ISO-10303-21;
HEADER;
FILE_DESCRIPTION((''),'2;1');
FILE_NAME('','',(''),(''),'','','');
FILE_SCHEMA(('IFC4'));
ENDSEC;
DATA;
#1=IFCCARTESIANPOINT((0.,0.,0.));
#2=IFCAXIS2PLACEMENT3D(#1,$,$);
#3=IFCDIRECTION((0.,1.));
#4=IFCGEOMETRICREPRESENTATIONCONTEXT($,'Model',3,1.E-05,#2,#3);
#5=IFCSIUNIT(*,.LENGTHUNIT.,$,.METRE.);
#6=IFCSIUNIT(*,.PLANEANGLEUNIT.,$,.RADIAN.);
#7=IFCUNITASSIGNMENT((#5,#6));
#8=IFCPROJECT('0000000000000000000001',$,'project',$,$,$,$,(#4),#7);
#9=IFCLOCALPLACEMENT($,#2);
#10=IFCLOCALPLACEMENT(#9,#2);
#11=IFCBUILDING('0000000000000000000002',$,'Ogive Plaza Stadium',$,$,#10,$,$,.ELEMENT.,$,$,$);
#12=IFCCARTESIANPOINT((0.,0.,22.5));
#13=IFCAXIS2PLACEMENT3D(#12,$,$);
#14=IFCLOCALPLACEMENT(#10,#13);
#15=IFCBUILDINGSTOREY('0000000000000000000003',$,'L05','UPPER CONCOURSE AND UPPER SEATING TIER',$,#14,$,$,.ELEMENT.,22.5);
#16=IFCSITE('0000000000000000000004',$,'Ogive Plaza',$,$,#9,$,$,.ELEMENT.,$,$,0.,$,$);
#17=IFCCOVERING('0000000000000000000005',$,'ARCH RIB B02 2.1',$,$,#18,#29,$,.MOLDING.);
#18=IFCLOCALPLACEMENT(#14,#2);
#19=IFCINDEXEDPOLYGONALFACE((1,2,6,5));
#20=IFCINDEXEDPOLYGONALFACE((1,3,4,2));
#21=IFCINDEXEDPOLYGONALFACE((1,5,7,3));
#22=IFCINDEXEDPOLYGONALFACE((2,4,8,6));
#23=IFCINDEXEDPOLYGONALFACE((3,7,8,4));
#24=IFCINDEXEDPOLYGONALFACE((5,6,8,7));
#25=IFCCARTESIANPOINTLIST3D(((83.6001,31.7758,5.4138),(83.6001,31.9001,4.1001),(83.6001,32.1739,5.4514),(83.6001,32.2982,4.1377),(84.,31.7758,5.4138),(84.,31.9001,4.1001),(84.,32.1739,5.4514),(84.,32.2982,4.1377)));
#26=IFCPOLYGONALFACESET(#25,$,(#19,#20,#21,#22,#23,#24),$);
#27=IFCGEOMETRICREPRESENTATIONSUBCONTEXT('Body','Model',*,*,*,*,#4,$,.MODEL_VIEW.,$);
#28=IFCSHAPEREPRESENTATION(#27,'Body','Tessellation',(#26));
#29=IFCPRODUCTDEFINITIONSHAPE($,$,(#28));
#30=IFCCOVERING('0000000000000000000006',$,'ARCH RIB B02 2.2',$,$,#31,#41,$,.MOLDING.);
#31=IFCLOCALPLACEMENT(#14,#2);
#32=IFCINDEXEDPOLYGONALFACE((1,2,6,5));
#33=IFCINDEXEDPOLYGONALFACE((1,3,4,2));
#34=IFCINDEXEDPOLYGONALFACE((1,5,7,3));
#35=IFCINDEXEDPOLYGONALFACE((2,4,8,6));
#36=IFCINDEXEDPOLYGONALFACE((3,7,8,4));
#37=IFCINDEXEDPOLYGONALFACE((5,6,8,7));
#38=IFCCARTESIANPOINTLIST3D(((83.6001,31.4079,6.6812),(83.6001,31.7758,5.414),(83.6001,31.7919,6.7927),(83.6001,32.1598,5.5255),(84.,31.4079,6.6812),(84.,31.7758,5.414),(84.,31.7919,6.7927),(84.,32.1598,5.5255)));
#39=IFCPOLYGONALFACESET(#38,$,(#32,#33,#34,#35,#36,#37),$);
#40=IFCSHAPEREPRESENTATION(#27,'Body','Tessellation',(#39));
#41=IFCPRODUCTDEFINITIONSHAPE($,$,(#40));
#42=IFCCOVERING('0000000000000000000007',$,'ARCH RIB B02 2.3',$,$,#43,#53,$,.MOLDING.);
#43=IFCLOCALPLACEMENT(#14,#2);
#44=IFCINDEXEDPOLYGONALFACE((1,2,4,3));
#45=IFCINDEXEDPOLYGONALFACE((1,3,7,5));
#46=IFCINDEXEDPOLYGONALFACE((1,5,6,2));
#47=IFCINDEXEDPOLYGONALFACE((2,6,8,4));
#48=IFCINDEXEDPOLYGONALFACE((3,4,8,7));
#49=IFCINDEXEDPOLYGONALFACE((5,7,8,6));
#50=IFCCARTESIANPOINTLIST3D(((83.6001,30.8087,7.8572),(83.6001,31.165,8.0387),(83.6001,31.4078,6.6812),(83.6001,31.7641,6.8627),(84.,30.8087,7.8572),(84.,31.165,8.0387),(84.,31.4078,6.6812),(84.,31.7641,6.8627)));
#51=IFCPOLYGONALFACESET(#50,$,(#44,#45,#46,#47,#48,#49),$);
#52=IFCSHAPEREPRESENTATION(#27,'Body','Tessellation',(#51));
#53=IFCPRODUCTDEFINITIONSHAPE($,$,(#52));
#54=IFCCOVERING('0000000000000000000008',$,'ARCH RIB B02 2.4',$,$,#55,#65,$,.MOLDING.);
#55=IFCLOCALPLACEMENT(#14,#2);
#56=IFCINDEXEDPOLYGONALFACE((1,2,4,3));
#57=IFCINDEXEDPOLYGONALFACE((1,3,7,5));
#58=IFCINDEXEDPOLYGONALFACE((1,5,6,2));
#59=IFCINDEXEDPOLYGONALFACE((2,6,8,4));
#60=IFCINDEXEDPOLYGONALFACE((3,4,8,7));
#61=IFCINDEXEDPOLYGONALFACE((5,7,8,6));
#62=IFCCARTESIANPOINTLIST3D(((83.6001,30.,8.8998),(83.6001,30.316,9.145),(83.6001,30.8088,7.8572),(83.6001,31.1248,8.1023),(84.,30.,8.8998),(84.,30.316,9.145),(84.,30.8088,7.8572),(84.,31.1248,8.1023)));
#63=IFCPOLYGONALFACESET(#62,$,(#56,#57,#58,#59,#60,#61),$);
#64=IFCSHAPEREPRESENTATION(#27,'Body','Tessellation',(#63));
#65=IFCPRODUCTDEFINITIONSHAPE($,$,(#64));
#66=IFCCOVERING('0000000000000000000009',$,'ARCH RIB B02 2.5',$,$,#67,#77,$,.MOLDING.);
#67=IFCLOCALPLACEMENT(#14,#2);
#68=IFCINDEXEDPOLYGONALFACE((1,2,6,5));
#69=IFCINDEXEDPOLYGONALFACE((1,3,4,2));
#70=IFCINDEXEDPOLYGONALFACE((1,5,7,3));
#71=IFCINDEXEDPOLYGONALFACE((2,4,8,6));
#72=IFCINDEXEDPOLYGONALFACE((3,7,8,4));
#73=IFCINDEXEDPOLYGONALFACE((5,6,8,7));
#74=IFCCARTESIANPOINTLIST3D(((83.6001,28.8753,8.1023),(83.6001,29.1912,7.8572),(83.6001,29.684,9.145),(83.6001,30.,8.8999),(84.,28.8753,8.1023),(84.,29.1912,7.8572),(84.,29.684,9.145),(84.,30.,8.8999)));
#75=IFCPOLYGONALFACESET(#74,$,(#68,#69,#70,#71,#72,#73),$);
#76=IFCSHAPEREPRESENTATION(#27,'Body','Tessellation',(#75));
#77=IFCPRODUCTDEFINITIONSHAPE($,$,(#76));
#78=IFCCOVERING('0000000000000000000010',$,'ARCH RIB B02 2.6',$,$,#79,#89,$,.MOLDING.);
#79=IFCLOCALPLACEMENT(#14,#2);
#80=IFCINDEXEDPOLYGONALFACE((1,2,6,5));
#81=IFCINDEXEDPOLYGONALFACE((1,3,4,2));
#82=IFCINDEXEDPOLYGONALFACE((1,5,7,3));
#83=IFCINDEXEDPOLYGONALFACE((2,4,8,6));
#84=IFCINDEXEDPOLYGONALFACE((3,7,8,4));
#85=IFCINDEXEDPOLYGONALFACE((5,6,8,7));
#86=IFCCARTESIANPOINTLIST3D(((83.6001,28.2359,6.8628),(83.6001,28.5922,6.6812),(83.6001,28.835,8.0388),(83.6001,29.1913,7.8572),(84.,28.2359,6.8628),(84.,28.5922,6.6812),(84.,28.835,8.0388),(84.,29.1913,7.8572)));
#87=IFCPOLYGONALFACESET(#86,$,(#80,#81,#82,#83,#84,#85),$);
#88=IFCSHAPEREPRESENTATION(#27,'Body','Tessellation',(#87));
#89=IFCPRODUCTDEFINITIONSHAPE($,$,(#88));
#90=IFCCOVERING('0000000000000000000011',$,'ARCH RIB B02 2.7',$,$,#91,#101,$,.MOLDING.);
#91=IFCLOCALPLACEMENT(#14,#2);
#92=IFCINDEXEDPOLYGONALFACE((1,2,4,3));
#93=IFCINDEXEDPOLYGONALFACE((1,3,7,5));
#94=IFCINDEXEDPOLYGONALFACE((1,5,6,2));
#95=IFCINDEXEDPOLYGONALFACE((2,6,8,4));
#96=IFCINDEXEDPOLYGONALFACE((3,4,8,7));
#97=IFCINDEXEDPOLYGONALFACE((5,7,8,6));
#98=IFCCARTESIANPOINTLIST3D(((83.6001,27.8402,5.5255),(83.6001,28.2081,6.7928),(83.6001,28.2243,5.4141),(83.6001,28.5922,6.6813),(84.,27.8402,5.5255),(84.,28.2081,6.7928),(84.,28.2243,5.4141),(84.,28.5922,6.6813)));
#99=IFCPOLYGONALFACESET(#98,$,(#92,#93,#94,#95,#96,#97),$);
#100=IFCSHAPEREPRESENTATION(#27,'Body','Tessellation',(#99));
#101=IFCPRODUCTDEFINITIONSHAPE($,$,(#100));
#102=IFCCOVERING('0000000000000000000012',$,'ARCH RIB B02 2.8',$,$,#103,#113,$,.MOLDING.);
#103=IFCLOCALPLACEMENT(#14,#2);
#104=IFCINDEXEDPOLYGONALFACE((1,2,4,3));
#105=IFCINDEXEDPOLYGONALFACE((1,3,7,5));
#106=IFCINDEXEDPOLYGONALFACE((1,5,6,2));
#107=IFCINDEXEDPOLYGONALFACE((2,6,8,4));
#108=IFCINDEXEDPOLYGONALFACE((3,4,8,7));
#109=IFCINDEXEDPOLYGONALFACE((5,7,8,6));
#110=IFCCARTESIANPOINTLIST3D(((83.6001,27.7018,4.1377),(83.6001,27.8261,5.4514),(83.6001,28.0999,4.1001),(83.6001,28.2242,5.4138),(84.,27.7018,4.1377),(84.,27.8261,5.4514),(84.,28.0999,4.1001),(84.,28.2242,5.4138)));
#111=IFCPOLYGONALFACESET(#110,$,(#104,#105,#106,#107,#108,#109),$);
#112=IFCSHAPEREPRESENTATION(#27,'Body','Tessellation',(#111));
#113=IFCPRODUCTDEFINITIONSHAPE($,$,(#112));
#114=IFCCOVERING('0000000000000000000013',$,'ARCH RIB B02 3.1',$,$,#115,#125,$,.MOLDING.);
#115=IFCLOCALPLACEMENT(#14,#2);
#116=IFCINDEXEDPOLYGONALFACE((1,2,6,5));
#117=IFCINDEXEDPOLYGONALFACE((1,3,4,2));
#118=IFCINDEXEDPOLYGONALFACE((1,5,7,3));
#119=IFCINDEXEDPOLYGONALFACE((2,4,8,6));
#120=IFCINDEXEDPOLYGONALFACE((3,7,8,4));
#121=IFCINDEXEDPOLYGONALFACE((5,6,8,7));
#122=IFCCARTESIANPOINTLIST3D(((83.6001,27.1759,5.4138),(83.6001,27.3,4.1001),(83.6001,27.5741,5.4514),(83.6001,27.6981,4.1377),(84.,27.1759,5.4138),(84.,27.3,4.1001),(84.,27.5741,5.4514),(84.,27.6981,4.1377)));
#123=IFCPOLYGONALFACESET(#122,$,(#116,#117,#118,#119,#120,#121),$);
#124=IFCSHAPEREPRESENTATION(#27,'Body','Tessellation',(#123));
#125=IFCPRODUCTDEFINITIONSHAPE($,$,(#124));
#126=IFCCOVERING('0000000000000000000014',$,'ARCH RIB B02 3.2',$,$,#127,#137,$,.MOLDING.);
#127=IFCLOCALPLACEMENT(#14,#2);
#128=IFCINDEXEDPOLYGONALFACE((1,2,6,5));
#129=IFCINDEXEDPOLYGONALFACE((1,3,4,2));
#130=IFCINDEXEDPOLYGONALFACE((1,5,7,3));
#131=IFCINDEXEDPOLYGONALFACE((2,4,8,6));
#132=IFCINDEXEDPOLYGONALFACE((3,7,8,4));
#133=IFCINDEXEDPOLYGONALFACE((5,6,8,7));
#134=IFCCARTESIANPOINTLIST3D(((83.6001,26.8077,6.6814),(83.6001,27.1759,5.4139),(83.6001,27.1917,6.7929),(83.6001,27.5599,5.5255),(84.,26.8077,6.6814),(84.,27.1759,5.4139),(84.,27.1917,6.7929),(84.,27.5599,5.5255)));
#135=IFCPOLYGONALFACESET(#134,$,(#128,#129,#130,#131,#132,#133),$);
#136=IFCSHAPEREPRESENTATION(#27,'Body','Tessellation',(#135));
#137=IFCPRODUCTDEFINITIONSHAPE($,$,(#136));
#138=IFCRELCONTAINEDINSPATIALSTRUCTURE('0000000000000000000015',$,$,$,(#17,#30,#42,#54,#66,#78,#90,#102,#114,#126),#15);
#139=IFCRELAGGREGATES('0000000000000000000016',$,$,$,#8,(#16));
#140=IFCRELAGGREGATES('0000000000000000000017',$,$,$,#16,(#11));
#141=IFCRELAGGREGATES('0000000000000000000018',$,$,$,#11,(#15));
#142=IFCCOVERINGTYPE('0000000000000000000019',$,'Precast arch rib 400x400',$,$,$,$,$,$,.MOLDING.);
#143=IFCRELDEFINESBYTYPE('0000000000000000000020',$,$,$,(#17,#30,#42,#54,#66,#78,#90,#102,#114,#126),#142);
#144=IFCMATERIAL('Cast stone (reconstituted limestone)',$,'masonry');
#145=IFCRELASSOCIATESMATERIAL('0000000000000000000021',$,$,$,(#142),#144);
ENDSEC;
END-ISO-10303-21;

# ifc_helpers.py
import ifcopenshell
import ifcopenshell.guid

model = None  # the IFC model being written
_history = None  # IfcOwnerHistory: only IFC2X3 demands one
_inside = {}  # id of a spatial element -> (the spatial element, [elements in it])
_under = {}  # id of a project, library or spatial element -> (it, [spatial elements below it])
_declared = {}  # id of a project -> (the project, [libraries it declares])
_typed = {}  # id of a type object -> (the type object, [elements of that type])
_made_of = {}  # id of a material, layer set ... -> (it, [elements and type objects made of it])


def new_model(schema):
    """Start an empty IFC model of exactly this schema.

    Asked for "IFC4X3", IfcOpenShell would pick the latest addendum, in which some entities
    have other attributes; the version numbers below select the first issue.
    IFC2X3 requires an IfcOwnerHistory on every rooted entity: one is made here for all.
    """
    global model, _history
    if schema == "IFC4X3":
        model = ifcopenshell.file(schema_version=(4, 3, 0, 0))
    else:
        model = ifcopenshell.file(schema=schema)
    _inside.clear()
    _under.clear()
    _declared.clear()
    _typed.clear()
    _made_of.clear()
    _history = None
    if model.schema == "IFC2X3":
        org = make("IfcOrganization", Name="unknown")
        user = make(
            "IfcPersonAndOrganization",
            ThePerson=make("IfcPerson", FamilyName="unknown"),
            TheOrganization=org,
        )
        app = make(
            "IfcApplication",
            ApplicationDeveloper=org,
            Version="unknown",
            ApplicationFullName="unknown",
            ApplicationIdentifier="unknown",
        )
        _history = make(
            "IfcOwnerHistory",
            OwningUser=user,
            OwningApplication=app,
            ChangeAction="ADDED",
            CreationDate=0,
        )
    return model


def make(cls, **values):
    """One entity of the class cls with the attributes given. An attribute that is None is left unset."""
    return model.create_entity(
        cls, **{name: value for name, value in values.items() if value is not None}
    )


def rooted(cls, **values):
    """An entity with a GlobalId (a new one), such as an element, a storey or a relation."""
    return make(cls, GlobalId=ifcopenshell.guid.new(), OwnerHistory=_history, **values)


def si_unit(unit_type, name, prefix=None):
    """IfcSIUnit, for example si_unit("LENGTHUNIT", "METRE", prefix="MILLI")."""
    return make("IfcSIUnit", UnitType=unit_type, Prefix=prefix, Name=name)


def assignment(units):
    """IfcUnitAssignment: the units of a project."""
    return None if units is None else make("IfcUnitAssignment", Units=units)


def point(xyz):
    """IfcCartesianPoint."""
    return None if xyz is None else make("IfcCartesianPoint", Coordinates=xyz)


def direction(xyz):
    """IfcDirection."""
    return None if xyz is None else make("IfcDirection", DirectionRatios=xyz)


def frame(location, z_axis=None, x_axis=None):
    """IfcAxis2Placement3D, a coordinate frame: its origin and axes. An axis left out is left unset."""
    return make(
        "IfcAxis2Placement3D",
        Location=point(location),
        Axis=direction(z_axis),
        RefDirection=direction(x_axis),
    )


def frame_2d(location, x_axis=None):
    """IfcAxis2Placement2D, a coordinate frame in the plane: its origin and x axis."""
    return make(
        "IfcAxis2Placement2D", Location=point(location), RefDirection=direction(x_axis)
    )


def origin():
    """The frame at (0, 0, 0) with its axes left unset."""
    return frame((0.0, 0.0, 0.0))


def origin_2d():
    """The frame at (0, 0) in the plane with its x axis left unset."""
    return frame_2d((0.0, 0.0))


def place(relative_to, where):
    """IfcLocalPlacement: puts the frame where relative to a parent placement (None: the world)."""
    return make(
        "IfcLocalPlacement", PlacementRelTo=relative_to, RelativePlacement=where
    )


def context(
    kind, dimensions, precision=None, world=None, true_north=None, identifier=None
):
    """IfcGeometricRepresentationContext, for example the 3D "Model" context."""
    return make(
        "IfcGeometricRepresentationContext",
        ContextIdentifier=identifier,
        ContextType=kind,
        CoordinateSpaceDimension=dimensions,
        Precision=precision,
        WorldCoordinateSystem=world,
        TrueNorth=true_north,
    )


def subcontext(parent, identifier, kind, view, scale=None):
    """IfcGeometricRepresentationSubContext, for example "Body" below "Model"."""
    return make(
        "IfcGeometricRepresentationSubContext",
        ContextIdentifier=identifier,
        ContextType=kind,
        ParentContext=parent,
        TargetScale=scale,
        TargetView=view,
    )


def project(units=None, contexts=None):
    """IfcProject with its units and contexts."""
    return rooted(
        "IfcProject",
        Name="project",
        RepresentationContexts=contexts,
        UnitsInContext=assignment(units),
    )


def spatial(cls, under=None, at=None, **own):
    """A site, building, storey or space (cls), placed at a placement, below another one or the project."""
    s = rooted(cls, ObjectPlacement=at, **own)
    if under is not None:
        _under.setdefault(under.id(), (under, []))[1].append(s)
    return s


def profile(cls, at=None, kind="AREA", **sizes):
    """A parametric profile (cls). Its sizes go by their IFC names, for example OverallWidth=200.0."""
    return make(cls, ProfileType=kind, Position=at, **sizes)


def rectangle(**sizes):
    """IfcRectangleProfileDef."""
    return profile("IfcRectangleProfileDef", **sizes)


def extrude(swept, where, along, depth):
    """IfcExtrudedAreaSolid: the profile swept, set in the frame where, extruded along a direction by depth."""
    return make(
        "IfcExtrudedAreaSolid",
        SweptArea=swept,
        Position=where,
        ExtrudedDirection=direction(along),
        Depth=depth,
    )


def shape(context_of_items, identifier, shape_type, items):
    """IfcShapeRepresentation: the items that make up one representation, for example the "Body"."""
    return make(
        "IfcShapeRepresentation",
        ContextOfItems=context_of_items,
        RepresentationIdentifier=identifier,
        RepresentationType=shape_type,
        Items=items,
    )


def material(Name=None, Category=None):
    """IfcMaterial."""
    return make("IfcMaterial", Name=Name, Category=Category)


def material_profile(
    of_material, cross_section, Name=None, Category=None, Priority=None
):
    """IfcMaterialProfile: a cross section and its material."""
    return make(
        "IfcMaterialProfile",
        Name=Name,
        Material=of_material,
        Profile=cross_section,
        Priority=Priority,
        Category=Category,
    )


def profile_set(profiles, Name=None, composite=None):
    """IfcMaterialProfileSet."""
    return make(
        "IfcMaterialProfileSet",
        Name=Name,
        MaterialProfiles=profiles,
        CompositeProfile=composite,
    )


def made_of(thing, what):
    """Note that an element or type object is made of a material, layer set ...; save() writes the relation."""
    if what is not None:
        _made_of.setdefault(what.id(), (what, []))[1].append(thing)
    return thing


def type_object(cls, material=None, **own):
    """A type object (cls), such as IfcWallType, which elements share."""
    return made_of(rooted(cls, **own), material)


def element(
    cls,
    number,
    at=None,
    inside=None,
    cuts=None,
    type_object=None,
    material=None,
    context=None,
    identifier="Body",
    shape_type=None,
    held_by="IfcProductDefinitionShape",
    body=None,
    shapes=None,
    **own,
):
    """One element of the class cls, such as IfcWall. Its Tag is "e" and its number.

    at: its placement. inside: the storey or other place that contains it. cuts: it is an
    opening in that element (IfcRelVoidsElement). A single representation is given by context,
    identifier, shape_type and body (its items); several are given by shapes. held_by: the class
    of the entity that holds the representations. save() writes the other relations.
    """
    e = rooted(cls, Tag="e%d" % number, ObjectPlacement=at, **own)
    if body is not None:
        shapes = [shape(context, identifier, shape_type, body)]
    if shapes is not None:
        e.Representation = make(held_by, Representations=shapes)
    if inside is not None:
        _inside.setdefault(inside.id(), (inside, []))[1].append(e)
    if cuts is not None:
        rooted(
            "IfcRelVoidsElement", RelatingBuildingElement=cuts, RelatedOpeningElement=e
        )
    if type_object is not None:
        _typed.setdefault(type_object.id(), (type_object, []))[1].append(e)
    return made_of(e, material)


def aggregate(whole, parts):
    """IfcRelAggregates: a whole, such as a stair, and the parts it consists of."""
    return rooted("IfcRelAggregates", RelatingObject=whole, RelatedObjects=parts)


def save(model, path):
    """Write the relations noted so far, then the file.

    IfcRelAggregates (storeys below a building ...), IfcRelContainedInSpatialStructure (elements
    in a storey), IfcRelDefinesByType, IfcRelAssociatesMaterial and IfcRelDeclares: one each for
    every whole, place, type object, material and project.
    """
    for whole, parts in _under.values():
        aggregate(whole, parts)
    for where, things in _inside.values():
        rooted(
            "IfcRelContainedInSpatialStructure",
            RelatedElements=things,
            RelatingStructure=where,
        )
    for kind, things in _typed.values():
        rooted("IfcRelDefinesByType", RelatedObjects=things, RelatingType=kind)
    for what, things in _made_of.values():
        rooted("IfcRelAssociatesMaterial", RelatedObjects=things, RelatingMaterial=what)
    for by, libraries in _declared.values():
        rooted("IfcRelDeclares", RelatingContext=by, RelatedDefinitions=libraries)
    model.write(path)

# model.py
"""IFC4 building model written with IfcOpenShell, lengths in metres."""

from ifc_helpers import new_model, si_unit, direction, frame, origin, origin_2d, place, context, subcontext, project, spatial, rectangle, extrude, material, material_profile, profile_set, type_object, element, save


model = new_model("IFC4")

# Units and contexts
model_context = context("Model", 3, precision=1e-05, world=origin(), true_north=direction((0.0, 1.0)))
body_context = subcontext(model_context, "Body", "Model", "MODEL_VIEW")
ifc_project = project(units=[si_unit("LENGTHUNIT", "METRE"), si_unit("PLANEANGLEUNIT", "RADIAN")], contexts=[model_context])

# Site, building, storey
site_placement = place(None, origin())
site = spatial("IfcSite", under=ifc_project, at=site_placement, Name="Ogive Plaza", CompositionType="ELEMENT", RefElevation=0.0)
building_placement = place(site_placement, origin())
building = spatial("IfcBuilding", under=site, at=building_placement, Name="Ogive Plaza Stadium", CompositionType="ELEMENT")
storey_placement = place(building_placement, frame((0.0, 0.0, 22.5)))
storey = spatial("IfcBuildingStorey", under=building, at=storey_placement, Name="L05", Description="UPPER CONCOURSE AND UPPER SEATING TIER", CompositionType="ELEMENT", Elevation=22.5)

# Coverings
ifc_material_1 = material(Name="Cast stone (reconstituted limestone)", Category="masonry")
ifc_material_profile_1 = material_profile(ifc_material_1, rectangle(XDim=0.3999, YDim=0.3999, at=origin_2d()), Name="Cast stone 400x400")
ifc_profile_set_1 = profile_set([ifc_material_profile_1], Name="Cast stone (reconstituted limestone)")
covering_type = type_object("IfcCoveringType", Name="Precast arch rib 400x400", PredefinedType="MOLDING", material=ifc_profile_set_1)
for number, where, z_axis, x_axis, name in (
    (1, (83.8, 32.0991, 4.1189), (0.0, -0.094172, 0.995556), (1.0, 0.0, 0.0), "ARCH RIB B02 2.1"),
    (2, (83.8, 31.9678, 5.4697), (0.0, -0.278799, 0.960349), (1.0, 0.0, 0.0), "ARCH RIB B02 2.2"),
):
    element("IfcCovering", number, at=place(storey_placement, frame(where, z_axis=z_axis, x_axis=x_axis)), inside=storey, type_object=covering_type, Name=name, PredefinedType="MOLDING", context=body_context, shape_type="SweptSolid", body=[
        extrude(rectangle(XDim=0.3999, YDim=0.3999, at=origin_2d()), origin(), (0.0, 0.0, 1.0), 1.3196),
    ])
covering_1_placement = place(storey_placement, frame((83.8, 31.5859, 6.772), z_axis=(0.0, -0.453934, 0.891035), x_axis=(1.0, 0.0, 0.0)))
element("IfcCovering", 3, at=covering_1_placement, inside=storey, type_object=covering_type, Name="ARCH RIB B02 2.3", PredefinedType="MOLDING", context=body_context, shape_type="SweptSolid", body=[
    extrude(rectangle(XDim=0.3999, YDim=0.3999, at=origin_2d()), origin(), (0.0, 0.0, 1.0), 1.3198),
])
for number, where, z_axis, x_axis, name in (
    (4, (83.8, 30.9668, 7.9797), (0.0, -0.612915, 0.790148), (1.0, 0.0, 0.0), "ARCH RIB B02 2.4"),
    (5, (83.8, 29.842, 9.0225), (0.0, -0.612915, -0.790148), (1.0, 0.0, 0.0), "ARCH RIB B02 2.5"),
):
    element("IfcCovering", number, at=place(storey_placement, frame(where, z_axis=z_axis, x_axis=x_axis)), inside=storey, type_object=covering_type, Name=name, PredefinedType="MOLDING", context=body_context, shape_type="SweptSolid", body=[
        extrude(rectangle(XDim=0.3999, YDim=0.3999, at=origin_2d()), origin(), (0.0, 0.0, 1.0), 1.3196),
    ])
covering_2_placement = place(storey_placement, frame((83.8, 29.0132, 7.948), z_axis=(0.0, -0.453934, -0.891035), x_axis=(1.0, 0.0, 0.0)))
element("IfcCovering", 6, at=covering_2_placement, inside=storey, type_object=covering_type, Name="ARCH RIB B02 2.6", PredefinedType="MOLDING", context=body_context, shape_type="SweptSolid", body=[
    extrude(rectangle(XDim=0.3999, YDim=0.3999, at=origin_2d()), origin(), (0.0, 0.0, 1.0), 1.3198),
])
for number, where, z_axis, x_axis, name in (
    (7, (83.8, 28.4001, 6.7371), (0.0, -0.278799, -0.960349), (1.0, 0.0, 0.0), "ARCH RIB B02 2.7"),
    (8, (83.8, 28.0251, 5.4326), (0.0, -0.094172, -0.995556), (1.0, 0.0, 0.0), "ARCH RIB B02 2.8"),
    (9, (83.8, 27.499, 4.1189), (0.0, -0.093988, 0.995573), (1.0, 0.0, 0.0), "ARCH RIB B02 3.1"),
):
    element("IfcCovering", number, at=place(storey_placement, frame(where, z_axis=z_axis, x_axis=x_axis)), inside=storey, type_object=covering_type, Name=name, PredefinedType="MOLDING", context=body_context, shape_type="SweptSolid", body=[
        extrude(rectangle(XDim=0.3999, YDim=0.3999, at=origin_2d()), origin(), (0.0, 0.0, 1.0), 1.3196),
    ])
covering_3_placement = place(storey_placement, frame((83.8, 27.3679, 5.4697), z_axis=(0.0, -0.27897, 0.9603), x_axis=(1.0, 0.0, 0.0)))
element("IfcCovering", 10, at=covering_3_placement, inside=storey, type_object=covering_type, Name="ARCH RIB B02 3.2", PredefinedType="MOLDING", context=body_context, shape_type="SweptSolid", body=[
    extrude(rectangle(XDim=0.3999, YDim=0.3999, at=origin_2d()), origin(), (0.0, 0.0, 1.0), 1.3198),
])

save(model, "model.ifc")
